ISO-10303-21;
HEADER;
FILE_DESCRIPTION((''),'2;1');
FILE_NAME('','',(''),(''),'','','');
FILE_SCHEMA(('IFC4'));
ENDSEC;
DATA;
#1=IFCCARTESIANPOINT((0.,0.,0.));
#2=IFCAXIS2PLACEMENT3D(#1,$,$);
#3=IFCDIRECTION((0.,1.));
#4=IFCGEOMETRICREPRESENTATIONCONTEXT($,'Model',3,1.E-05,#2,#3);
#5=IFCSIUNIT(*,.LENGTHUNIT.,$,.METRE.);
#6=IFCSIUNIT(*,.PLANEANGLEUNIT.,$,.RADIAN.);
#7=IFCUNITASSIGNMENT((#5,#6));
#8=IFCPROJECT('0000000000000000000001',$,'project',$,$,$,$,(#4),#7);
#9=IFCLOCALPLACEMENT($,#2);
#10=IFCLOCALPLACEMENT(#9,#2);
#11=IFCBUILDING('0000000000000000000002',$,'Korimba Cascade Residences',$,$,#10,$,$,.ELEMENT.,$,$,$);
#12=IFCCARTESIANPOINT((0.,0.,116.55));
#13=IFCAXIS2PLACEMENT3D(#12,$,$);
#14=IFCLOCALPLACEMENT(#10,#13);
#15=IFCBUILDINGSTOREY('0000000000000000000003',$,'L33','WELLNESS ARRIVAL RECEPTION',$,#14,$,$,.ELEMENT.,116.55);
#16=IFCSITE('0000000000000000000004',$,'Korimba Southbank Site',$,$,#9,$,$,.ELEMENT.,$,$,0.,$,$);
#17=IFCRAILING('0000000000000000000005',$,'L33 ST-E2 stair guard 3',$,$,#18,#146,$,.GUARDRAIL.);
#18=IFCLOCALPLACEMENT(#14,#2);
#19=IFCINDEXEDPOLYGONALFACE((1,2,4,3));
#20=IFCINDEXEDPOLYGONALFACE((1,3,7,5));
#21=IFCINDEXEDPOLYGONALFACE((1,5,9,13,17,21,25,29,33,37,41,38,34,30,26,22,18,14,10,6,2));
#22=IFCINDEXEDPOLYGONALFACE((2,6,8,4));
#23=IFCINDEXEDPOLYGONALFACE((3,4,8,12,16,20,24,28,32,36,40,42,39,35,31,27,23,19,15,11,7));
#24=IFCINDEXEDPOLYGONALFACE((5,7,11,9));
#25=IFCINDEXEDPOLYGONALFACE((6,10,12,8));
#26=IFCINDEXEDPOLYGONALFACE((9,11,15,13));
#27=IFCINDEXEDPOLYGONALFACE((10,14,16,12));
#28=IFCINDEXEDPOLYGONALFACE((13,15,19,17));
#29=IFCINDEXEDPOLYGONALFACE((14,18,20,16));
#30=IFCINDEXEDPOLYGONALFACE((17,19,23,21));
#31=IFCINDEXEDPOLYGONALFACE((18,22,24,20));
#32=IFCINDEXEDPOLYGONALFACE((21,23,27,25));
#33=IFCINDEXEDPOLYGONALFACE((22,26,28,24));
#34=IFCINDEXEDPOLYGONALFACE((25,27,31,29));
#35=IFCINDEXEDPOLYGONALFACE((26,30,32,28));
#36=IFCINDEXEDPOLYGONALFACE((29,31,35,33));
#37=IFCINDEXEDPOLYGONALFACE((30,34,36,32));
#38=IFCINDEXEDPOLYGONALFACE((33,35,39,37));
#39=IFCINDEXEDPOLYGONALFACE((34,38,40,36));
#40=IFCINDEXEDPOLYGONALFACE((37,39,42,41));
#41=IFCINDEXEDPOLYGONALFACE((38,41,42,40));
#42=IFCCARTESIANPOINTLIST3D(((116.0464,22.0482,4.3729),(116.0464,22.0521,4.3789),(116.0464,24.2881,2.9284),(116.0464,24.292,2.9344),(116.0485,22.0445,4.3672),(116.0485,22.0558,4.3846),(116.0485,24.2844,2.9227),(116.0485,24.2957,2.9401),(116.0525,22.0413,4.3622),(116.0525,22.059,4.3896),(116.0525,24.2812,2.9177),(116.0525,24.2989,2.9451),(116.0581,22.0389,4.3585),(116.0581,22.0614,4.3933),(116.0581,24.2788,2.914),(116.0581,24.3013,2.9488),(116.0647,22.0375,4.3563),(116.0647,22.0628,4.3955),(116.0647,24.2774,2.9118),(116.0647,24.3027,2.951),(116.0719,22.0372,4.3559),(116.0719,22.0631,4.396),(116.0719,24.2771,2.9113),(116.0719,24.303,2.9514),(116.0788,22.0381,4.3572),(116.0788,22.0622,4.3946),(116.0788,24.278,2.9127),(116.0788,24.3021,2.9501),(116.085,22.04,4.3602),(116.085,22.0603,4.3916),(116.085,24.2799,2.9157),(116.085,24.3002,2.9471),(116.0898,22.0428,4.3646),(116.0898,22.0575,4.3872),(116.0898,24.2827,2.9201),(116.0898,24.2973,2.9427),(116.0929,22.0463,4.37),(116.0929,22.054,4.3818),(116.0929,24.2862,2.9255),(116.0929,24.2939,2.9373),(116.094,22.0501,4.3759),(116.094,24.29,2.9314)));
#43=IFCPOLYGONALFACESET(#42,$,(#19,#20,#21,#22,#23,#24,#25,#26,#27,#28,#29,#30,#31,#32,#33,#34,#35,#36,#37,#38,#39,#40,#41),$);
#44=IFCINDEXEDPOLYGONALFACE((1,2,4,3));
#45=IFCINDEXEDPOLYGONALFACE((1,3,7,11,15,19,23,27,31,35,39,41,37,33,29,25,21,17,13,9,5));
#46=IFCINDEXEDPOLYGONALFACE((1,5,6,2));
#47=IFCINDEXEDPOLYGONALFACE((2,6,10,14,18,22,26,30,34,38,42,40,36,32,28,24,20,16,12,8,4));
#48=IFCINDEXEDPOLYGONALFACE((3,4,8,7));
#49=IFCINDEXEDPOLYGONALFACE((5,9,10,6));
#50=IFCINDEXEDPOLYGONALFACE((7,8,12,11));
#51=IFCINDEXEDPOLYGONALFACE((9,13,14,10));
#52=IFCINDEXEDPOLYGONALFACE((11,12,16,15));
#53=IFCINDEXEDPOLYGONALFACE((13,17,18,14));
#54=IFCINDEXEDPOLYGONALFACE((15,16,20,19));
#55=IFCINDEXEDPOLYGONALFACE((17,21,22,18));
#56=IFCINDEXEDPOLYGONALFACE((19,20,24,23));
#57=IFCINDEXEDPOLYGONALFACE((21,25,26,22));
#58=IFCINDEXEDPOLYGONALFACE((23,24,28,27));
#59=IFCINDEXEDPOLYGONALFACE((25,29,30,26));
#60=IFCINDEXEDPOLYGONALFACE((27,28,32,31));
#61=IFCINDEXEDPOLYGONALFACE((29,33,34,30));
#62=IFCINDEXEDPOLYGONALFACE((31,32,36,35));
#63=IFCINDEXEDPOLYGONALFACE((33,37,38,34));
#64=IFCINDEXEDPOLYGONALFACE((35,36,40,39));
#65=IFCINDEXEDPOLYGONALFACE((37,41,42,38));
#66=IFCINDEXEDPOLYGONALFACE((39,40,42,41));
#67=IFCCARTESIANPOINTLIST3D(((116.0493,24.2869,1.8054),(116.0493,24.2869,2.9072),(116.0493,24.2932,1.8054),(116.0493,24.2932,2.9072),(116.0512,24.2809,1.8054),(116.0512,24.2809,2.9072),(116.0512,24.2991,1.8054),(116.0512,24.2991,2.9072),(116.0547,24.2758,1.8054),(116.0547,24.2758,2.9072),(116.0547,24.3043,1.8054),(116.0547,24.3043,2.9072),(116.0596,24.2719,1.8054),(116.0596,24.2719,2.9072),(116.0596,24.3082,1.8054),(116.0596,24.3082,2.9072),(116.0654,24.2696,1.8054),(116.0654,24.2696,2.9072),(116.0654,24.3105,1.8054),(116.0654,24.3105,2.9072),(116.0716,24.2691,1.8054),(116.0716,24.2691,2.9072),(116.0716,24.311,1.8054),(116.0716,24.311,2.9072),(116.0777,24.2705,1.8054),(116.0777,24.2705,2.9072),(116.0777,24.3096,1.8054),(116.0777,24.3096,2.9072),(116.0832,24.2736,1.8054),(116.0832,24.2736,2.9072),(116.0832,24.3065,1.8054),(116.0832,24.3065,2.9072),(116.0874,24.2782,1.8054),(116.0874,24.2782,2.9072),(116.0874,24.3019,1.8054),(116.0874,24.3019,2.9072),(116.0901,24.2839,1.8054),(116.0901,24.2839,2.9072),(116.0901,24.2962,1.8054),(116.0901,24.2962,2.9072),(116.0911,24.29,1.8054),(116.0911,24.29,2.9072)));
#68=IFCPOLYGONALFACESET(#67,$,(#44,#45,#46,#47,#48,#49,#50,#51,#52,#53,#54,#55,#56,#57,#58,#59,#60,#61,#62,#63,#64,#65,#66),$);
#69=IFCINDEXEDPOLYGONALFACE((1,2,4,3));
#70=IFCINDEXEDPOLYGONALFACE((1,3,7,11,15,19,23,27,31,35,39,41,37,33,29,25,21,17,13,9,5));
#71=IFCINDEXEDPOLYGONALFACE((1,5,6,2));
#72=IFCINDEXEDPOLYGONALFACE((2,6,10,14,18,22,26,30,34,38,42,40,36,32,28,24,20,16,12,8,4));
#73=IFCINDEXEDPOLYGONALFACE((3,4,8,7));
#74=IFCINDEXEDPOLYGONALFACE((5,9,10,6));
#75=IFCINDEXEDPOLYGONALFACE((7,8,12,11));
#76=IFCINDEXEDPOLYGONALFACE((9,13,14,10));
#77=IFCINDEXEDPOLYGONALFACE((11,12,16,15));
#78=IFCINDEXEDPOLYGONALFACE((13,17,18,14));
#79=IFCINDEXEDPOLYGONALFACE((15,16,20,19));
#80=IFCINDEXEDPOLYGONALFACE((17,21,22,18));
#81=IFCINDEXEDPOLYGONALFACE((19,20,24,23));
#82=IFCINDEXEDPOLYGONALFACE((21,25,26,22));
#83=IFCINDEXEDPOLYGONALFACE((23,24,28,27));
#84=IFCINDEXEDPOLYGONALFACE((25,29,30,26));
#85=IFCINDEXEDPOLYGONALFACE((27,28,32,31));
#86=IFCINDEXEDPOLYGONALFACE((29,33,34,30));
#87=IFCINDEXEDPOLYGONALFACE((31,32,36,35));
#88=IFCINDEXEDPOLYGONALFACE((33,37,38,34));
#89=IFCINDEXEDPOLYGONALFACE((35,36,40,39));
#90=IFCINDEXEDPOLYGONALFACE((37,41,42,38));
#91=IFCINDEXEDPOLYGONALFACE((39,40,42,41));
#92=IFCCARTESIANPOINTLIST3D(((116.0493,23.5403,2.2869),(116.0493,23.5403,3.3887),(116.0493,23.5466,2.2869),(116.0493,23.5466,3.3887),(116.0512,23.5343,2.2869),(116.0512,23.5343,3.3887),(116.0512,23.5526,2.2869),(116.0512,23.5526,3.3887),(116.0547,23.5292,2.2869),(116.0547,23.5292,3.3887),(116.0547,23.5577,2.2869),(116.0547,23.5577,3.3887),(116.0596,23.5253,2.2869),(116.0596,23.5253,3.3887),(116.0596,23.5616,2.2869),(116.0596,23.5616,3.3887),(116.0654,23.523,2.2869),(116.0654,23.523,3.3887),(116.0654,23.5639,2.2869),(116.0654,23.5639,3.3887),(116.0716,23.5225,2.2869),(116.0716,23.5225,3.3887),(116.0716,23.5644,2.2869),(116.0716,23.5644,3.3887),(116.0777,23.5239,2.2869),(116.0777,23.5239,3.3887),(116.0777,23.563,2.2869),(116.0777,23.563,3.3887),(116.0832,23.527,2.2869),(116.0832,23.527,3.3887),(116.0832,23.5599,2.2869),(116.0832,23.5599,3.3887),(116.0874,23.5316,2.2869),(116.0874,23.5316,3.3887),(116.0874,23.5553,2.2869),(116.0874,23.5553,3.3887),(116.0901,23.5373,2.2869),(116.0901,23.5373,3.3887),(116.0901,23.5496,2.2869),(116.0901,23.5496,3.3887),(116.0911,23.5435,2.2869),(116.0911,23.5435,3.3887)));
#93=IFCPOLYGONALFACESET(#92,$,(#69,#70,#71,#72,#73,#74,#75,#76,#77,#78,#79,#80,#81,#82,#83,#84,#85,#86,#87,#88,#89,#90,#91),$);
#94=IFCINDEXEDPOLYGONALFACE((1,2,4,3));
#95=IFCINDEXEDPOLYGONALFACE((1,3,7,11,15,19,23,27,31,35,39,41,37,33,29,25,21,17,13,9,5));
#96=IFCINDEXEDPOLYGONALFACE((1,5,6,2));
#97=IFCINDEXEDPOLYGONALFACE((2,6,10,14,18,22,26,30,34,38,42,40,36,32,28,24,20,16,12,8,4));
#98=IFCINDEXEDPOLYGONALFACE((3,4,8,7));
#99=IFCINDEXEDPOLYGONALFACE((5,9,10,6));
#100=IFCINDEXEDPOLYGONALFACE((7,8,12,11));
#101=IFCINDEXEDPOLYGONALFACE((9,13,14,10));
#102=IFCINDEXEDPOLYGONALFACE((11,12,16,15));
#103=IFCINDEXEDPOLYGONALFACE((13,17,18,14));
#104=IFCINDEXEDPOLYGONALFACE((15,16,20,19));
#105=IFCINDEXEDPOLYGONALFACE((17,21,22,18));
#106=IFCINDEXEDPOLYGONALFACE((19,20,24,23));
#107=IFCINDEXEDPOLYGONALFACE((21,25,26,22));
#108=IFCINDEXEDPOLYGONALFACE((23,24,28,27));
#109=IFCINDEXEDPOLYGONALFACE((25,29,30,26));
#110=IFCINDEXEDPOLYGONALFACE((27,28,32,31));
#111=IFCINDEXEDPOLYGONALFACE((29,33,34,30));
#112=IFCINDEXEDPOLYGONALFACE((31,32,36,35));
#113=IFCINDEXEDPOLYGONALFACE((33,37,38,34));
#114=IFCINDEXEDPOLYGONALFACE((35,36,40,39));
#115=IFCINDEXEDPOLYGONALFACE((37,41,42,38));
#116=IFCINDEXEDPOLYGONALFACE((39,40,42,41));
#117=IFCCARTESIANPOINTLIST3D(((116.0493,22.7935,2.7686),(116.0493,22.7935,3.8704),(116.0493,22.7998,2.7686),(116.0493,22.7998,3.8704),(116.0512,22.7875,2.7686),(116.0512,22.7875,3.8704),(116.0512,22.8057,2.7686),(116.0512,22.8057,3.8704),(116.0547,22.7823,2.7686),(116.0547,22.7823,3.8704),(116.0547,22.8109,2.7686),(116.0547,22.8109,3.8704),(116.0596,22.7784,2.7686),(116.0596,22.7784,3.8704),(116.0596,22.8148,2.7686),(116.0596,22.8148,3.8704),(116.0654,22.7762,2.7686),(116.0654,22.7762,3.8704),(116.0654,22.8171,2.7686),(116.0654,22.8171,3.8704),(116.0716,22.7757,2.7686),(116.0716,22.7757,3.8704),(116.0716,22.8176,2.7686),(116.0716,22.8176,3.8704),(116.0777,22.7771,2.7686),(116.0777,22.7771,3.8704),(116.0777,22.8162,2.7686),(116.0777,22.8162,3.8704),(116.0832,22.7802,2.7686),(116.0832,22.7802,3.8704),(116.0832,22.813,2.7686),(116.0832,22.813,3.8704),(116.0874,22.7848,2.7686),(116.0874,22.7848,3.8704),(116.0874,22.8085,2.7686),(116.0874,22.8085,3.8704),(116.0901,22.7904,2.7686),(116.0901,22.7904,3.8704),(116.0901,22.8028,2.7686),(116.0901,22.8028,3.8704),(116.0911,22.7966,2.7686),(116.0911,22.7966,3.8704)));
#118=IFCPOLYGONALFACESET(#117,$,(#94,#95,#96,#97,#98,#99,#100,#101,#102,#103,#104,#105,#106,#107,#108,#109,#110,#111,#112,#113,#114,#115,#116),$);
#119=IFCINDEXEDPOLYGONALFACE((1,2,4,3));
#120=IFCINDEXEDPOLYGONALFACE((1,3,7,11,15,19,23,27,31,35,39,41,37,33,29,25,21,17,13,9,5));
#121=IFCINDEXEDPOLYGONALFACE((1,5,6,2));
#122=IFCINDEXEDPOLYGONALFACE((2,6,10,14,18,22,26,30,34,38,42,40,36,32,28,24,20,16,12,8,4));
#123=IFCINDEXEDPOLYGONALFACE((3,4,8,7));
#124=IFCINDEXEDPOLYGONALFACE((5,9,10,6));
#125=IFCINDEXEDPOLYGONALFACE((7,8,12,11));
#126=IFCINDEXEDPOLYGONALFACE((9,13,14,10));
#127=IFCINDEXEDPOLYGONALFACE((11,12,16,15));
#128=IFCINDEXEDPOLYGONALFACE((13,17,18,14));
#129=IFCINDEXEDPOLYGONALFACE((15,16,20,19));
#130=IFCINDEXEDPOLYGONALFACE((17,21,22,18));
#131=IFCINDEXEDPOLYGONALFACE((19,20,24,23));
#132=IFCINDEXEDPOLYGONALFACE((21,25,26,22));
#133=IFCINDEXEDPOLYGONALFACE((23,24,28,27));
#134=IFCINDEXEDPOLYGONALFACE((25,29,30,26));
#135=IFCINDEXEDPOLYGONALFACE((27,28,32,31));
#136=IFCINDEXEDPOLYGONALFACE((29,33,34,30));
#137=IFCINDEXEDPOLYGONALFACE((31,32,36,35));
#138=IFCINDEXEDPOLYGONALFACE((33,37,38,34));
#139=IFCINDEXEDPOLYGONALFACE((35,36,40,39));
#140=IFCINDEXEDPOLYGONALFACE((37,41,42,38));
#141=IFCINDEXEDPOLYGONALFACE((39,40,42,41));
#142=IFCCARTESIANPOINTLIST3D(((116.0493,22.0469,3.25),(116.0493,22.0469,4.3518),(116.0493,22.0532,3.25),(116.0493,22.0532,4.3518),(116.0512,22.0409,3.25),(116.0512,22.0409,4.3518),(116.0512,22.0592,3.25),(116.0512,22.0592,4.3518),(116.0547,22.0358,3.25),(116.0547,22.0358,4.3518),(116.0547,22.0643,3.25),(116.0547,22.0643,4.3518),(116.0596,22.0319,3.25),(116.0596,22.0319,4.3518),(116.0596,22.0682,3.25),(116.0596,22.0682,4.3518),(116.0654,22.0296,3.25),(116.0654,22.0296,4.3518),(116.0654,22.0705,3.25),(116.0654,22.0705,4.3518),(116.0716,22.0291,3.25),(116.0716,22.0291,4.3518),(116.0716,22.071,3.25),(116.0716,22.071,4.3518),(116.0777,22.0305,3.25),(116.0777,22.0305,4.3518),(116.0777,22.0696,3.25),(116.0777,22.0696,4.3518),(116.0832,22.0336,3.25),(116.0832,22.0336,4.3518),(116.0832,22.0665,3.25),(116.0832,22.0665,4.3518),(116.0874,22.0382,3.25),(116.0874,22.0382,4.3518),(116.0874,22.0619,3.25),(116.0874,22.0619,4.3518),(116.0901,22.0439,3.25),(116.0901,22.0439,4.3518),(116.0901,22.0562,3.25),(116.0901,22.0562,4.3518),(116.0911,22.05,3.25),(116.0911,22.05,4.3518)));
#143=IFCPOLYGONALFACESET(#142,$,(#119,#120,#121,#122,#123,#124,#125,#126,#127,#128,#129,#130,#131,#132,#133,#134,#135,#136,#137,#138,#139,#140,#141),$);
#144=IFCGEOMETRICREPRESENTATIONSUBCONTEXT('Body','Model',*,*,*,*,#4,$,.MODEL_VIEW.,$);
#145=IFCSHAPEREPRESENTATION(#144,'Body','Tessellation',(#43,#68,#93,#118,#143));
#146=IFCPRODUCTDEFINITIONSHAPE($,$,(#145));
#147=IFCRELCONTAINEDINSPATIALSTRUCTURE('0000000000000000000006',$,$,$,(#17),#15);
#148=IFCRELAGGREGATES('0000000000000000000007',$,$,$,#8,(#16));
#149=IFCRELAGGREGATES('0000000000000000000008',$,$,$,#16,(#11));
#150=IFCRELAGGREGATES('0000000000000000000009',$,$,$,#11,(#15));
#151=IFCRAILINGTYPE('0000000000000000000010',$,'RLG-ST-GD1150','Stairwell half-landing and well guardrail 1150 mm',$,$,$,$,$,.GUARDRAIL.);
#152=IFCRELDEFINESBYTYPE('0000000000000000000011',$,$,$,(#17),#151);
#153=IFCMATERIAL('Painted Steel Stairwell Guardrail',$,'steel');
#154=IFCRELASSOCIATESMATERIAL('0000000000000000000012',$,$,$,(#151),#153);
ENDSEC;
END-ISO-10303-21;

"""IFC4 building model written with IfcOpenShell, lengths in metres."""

from ifc_helpers import new_model, si_unit, direction, frame, origin, origin_2d, place, context, subcontext, project, spatial, circle, extrude, material, type_object, element, save


model = new_model("IFC4")

# Units and contexts
model_context = context("Model", 3, precision=1e-05, world=origin(), true_north=direction((0.0, 1.0)))
body_context = subcontext(model_context, "Body", "Model", "MODEL_VIEW")
ifc_project = project(units=[si_unit("LENGTHUNIT", "METRE"), si_unit("PLANEANGLEUNIT", "RADIAN")], contexts=[model_context])

# Site, building, storey
site_placement = place(None, origin())
site = spatial("IfcSite", under=ifc_project, at=site_placement, Name="Korimba Southbank Site", CompositionType="ELEMENT", RefElevation=0.0)
building_placement = place(site_placement, origin())
building = spatial("IfcBuilding", under=site, at=building_placement, Name="Korimba Cascade Residences", CompositionType="ELEMENT")
storey_placement = place(building_placement, frame((0.0, 0.0, 116.55)))
storey = spatial("IfcBuildingStorey", under=building, at=storey_placement, Name="L33", Description="WELLNESS ARRIVAL RECEPTION", CompositionType="ELEMENT", Elevation=116.55)

# Railing
ifc_material_1 = material(Name="Painted Steel Stairwell Guardrail", Category="steel")
railing_type_1 = type_object("IfcRailingType", Name="RLG-ST-GD1150", Description="Stairwell half-landing and well guardrail 1150 mm", PredefinedType="GUARDRAIL", material=ifc_material_1)
railing_1_placement = place(storey_placement, frame((116.0701, 24.29, 1.8054)))
element("IfcRailing", 1, at=railing_1_placement, inside=storey, type_object=railing_type_1, Name="L33 ST-E2 stair guard 3", PredefinedType="GUARDRAIL", context=body_context, shape_type="SweptSolid", body=[
    extrude(circle(Radius=0.0239, at=origin_2d()), frame((0.0, 0.0, 1.126), z_axis=(0.0, -0.840395, 0.541975), x_axis=(1.0, 0.0, 0.0)), (0.0, 0.0, 1.0), 2.6653),
    extrude(circle(Radius=0.021, at=origin_2d()), origin(), (0.0, 0.0, 1.0), 1.1018),
    extrude(circle(Radius=0.021, at=origin_2d()), frame((0.0, -0.7466, 0.4814)), (0.0, 0.0, 1.0), 1.1018),
    extrude(circle(Radius=0.021, at=origin_2d()), frame((0.0, -1.4934, 0.9631)), (0.0, 0.0, 1.0), 1.1018),
    extrude(circle(Radius=0.021, at=origin_2d()), frame((0.0, -2.24, 1.4446)), (0.0, 0.0, 1.0), 1.1018),
])

save(model, "model.ifc")
